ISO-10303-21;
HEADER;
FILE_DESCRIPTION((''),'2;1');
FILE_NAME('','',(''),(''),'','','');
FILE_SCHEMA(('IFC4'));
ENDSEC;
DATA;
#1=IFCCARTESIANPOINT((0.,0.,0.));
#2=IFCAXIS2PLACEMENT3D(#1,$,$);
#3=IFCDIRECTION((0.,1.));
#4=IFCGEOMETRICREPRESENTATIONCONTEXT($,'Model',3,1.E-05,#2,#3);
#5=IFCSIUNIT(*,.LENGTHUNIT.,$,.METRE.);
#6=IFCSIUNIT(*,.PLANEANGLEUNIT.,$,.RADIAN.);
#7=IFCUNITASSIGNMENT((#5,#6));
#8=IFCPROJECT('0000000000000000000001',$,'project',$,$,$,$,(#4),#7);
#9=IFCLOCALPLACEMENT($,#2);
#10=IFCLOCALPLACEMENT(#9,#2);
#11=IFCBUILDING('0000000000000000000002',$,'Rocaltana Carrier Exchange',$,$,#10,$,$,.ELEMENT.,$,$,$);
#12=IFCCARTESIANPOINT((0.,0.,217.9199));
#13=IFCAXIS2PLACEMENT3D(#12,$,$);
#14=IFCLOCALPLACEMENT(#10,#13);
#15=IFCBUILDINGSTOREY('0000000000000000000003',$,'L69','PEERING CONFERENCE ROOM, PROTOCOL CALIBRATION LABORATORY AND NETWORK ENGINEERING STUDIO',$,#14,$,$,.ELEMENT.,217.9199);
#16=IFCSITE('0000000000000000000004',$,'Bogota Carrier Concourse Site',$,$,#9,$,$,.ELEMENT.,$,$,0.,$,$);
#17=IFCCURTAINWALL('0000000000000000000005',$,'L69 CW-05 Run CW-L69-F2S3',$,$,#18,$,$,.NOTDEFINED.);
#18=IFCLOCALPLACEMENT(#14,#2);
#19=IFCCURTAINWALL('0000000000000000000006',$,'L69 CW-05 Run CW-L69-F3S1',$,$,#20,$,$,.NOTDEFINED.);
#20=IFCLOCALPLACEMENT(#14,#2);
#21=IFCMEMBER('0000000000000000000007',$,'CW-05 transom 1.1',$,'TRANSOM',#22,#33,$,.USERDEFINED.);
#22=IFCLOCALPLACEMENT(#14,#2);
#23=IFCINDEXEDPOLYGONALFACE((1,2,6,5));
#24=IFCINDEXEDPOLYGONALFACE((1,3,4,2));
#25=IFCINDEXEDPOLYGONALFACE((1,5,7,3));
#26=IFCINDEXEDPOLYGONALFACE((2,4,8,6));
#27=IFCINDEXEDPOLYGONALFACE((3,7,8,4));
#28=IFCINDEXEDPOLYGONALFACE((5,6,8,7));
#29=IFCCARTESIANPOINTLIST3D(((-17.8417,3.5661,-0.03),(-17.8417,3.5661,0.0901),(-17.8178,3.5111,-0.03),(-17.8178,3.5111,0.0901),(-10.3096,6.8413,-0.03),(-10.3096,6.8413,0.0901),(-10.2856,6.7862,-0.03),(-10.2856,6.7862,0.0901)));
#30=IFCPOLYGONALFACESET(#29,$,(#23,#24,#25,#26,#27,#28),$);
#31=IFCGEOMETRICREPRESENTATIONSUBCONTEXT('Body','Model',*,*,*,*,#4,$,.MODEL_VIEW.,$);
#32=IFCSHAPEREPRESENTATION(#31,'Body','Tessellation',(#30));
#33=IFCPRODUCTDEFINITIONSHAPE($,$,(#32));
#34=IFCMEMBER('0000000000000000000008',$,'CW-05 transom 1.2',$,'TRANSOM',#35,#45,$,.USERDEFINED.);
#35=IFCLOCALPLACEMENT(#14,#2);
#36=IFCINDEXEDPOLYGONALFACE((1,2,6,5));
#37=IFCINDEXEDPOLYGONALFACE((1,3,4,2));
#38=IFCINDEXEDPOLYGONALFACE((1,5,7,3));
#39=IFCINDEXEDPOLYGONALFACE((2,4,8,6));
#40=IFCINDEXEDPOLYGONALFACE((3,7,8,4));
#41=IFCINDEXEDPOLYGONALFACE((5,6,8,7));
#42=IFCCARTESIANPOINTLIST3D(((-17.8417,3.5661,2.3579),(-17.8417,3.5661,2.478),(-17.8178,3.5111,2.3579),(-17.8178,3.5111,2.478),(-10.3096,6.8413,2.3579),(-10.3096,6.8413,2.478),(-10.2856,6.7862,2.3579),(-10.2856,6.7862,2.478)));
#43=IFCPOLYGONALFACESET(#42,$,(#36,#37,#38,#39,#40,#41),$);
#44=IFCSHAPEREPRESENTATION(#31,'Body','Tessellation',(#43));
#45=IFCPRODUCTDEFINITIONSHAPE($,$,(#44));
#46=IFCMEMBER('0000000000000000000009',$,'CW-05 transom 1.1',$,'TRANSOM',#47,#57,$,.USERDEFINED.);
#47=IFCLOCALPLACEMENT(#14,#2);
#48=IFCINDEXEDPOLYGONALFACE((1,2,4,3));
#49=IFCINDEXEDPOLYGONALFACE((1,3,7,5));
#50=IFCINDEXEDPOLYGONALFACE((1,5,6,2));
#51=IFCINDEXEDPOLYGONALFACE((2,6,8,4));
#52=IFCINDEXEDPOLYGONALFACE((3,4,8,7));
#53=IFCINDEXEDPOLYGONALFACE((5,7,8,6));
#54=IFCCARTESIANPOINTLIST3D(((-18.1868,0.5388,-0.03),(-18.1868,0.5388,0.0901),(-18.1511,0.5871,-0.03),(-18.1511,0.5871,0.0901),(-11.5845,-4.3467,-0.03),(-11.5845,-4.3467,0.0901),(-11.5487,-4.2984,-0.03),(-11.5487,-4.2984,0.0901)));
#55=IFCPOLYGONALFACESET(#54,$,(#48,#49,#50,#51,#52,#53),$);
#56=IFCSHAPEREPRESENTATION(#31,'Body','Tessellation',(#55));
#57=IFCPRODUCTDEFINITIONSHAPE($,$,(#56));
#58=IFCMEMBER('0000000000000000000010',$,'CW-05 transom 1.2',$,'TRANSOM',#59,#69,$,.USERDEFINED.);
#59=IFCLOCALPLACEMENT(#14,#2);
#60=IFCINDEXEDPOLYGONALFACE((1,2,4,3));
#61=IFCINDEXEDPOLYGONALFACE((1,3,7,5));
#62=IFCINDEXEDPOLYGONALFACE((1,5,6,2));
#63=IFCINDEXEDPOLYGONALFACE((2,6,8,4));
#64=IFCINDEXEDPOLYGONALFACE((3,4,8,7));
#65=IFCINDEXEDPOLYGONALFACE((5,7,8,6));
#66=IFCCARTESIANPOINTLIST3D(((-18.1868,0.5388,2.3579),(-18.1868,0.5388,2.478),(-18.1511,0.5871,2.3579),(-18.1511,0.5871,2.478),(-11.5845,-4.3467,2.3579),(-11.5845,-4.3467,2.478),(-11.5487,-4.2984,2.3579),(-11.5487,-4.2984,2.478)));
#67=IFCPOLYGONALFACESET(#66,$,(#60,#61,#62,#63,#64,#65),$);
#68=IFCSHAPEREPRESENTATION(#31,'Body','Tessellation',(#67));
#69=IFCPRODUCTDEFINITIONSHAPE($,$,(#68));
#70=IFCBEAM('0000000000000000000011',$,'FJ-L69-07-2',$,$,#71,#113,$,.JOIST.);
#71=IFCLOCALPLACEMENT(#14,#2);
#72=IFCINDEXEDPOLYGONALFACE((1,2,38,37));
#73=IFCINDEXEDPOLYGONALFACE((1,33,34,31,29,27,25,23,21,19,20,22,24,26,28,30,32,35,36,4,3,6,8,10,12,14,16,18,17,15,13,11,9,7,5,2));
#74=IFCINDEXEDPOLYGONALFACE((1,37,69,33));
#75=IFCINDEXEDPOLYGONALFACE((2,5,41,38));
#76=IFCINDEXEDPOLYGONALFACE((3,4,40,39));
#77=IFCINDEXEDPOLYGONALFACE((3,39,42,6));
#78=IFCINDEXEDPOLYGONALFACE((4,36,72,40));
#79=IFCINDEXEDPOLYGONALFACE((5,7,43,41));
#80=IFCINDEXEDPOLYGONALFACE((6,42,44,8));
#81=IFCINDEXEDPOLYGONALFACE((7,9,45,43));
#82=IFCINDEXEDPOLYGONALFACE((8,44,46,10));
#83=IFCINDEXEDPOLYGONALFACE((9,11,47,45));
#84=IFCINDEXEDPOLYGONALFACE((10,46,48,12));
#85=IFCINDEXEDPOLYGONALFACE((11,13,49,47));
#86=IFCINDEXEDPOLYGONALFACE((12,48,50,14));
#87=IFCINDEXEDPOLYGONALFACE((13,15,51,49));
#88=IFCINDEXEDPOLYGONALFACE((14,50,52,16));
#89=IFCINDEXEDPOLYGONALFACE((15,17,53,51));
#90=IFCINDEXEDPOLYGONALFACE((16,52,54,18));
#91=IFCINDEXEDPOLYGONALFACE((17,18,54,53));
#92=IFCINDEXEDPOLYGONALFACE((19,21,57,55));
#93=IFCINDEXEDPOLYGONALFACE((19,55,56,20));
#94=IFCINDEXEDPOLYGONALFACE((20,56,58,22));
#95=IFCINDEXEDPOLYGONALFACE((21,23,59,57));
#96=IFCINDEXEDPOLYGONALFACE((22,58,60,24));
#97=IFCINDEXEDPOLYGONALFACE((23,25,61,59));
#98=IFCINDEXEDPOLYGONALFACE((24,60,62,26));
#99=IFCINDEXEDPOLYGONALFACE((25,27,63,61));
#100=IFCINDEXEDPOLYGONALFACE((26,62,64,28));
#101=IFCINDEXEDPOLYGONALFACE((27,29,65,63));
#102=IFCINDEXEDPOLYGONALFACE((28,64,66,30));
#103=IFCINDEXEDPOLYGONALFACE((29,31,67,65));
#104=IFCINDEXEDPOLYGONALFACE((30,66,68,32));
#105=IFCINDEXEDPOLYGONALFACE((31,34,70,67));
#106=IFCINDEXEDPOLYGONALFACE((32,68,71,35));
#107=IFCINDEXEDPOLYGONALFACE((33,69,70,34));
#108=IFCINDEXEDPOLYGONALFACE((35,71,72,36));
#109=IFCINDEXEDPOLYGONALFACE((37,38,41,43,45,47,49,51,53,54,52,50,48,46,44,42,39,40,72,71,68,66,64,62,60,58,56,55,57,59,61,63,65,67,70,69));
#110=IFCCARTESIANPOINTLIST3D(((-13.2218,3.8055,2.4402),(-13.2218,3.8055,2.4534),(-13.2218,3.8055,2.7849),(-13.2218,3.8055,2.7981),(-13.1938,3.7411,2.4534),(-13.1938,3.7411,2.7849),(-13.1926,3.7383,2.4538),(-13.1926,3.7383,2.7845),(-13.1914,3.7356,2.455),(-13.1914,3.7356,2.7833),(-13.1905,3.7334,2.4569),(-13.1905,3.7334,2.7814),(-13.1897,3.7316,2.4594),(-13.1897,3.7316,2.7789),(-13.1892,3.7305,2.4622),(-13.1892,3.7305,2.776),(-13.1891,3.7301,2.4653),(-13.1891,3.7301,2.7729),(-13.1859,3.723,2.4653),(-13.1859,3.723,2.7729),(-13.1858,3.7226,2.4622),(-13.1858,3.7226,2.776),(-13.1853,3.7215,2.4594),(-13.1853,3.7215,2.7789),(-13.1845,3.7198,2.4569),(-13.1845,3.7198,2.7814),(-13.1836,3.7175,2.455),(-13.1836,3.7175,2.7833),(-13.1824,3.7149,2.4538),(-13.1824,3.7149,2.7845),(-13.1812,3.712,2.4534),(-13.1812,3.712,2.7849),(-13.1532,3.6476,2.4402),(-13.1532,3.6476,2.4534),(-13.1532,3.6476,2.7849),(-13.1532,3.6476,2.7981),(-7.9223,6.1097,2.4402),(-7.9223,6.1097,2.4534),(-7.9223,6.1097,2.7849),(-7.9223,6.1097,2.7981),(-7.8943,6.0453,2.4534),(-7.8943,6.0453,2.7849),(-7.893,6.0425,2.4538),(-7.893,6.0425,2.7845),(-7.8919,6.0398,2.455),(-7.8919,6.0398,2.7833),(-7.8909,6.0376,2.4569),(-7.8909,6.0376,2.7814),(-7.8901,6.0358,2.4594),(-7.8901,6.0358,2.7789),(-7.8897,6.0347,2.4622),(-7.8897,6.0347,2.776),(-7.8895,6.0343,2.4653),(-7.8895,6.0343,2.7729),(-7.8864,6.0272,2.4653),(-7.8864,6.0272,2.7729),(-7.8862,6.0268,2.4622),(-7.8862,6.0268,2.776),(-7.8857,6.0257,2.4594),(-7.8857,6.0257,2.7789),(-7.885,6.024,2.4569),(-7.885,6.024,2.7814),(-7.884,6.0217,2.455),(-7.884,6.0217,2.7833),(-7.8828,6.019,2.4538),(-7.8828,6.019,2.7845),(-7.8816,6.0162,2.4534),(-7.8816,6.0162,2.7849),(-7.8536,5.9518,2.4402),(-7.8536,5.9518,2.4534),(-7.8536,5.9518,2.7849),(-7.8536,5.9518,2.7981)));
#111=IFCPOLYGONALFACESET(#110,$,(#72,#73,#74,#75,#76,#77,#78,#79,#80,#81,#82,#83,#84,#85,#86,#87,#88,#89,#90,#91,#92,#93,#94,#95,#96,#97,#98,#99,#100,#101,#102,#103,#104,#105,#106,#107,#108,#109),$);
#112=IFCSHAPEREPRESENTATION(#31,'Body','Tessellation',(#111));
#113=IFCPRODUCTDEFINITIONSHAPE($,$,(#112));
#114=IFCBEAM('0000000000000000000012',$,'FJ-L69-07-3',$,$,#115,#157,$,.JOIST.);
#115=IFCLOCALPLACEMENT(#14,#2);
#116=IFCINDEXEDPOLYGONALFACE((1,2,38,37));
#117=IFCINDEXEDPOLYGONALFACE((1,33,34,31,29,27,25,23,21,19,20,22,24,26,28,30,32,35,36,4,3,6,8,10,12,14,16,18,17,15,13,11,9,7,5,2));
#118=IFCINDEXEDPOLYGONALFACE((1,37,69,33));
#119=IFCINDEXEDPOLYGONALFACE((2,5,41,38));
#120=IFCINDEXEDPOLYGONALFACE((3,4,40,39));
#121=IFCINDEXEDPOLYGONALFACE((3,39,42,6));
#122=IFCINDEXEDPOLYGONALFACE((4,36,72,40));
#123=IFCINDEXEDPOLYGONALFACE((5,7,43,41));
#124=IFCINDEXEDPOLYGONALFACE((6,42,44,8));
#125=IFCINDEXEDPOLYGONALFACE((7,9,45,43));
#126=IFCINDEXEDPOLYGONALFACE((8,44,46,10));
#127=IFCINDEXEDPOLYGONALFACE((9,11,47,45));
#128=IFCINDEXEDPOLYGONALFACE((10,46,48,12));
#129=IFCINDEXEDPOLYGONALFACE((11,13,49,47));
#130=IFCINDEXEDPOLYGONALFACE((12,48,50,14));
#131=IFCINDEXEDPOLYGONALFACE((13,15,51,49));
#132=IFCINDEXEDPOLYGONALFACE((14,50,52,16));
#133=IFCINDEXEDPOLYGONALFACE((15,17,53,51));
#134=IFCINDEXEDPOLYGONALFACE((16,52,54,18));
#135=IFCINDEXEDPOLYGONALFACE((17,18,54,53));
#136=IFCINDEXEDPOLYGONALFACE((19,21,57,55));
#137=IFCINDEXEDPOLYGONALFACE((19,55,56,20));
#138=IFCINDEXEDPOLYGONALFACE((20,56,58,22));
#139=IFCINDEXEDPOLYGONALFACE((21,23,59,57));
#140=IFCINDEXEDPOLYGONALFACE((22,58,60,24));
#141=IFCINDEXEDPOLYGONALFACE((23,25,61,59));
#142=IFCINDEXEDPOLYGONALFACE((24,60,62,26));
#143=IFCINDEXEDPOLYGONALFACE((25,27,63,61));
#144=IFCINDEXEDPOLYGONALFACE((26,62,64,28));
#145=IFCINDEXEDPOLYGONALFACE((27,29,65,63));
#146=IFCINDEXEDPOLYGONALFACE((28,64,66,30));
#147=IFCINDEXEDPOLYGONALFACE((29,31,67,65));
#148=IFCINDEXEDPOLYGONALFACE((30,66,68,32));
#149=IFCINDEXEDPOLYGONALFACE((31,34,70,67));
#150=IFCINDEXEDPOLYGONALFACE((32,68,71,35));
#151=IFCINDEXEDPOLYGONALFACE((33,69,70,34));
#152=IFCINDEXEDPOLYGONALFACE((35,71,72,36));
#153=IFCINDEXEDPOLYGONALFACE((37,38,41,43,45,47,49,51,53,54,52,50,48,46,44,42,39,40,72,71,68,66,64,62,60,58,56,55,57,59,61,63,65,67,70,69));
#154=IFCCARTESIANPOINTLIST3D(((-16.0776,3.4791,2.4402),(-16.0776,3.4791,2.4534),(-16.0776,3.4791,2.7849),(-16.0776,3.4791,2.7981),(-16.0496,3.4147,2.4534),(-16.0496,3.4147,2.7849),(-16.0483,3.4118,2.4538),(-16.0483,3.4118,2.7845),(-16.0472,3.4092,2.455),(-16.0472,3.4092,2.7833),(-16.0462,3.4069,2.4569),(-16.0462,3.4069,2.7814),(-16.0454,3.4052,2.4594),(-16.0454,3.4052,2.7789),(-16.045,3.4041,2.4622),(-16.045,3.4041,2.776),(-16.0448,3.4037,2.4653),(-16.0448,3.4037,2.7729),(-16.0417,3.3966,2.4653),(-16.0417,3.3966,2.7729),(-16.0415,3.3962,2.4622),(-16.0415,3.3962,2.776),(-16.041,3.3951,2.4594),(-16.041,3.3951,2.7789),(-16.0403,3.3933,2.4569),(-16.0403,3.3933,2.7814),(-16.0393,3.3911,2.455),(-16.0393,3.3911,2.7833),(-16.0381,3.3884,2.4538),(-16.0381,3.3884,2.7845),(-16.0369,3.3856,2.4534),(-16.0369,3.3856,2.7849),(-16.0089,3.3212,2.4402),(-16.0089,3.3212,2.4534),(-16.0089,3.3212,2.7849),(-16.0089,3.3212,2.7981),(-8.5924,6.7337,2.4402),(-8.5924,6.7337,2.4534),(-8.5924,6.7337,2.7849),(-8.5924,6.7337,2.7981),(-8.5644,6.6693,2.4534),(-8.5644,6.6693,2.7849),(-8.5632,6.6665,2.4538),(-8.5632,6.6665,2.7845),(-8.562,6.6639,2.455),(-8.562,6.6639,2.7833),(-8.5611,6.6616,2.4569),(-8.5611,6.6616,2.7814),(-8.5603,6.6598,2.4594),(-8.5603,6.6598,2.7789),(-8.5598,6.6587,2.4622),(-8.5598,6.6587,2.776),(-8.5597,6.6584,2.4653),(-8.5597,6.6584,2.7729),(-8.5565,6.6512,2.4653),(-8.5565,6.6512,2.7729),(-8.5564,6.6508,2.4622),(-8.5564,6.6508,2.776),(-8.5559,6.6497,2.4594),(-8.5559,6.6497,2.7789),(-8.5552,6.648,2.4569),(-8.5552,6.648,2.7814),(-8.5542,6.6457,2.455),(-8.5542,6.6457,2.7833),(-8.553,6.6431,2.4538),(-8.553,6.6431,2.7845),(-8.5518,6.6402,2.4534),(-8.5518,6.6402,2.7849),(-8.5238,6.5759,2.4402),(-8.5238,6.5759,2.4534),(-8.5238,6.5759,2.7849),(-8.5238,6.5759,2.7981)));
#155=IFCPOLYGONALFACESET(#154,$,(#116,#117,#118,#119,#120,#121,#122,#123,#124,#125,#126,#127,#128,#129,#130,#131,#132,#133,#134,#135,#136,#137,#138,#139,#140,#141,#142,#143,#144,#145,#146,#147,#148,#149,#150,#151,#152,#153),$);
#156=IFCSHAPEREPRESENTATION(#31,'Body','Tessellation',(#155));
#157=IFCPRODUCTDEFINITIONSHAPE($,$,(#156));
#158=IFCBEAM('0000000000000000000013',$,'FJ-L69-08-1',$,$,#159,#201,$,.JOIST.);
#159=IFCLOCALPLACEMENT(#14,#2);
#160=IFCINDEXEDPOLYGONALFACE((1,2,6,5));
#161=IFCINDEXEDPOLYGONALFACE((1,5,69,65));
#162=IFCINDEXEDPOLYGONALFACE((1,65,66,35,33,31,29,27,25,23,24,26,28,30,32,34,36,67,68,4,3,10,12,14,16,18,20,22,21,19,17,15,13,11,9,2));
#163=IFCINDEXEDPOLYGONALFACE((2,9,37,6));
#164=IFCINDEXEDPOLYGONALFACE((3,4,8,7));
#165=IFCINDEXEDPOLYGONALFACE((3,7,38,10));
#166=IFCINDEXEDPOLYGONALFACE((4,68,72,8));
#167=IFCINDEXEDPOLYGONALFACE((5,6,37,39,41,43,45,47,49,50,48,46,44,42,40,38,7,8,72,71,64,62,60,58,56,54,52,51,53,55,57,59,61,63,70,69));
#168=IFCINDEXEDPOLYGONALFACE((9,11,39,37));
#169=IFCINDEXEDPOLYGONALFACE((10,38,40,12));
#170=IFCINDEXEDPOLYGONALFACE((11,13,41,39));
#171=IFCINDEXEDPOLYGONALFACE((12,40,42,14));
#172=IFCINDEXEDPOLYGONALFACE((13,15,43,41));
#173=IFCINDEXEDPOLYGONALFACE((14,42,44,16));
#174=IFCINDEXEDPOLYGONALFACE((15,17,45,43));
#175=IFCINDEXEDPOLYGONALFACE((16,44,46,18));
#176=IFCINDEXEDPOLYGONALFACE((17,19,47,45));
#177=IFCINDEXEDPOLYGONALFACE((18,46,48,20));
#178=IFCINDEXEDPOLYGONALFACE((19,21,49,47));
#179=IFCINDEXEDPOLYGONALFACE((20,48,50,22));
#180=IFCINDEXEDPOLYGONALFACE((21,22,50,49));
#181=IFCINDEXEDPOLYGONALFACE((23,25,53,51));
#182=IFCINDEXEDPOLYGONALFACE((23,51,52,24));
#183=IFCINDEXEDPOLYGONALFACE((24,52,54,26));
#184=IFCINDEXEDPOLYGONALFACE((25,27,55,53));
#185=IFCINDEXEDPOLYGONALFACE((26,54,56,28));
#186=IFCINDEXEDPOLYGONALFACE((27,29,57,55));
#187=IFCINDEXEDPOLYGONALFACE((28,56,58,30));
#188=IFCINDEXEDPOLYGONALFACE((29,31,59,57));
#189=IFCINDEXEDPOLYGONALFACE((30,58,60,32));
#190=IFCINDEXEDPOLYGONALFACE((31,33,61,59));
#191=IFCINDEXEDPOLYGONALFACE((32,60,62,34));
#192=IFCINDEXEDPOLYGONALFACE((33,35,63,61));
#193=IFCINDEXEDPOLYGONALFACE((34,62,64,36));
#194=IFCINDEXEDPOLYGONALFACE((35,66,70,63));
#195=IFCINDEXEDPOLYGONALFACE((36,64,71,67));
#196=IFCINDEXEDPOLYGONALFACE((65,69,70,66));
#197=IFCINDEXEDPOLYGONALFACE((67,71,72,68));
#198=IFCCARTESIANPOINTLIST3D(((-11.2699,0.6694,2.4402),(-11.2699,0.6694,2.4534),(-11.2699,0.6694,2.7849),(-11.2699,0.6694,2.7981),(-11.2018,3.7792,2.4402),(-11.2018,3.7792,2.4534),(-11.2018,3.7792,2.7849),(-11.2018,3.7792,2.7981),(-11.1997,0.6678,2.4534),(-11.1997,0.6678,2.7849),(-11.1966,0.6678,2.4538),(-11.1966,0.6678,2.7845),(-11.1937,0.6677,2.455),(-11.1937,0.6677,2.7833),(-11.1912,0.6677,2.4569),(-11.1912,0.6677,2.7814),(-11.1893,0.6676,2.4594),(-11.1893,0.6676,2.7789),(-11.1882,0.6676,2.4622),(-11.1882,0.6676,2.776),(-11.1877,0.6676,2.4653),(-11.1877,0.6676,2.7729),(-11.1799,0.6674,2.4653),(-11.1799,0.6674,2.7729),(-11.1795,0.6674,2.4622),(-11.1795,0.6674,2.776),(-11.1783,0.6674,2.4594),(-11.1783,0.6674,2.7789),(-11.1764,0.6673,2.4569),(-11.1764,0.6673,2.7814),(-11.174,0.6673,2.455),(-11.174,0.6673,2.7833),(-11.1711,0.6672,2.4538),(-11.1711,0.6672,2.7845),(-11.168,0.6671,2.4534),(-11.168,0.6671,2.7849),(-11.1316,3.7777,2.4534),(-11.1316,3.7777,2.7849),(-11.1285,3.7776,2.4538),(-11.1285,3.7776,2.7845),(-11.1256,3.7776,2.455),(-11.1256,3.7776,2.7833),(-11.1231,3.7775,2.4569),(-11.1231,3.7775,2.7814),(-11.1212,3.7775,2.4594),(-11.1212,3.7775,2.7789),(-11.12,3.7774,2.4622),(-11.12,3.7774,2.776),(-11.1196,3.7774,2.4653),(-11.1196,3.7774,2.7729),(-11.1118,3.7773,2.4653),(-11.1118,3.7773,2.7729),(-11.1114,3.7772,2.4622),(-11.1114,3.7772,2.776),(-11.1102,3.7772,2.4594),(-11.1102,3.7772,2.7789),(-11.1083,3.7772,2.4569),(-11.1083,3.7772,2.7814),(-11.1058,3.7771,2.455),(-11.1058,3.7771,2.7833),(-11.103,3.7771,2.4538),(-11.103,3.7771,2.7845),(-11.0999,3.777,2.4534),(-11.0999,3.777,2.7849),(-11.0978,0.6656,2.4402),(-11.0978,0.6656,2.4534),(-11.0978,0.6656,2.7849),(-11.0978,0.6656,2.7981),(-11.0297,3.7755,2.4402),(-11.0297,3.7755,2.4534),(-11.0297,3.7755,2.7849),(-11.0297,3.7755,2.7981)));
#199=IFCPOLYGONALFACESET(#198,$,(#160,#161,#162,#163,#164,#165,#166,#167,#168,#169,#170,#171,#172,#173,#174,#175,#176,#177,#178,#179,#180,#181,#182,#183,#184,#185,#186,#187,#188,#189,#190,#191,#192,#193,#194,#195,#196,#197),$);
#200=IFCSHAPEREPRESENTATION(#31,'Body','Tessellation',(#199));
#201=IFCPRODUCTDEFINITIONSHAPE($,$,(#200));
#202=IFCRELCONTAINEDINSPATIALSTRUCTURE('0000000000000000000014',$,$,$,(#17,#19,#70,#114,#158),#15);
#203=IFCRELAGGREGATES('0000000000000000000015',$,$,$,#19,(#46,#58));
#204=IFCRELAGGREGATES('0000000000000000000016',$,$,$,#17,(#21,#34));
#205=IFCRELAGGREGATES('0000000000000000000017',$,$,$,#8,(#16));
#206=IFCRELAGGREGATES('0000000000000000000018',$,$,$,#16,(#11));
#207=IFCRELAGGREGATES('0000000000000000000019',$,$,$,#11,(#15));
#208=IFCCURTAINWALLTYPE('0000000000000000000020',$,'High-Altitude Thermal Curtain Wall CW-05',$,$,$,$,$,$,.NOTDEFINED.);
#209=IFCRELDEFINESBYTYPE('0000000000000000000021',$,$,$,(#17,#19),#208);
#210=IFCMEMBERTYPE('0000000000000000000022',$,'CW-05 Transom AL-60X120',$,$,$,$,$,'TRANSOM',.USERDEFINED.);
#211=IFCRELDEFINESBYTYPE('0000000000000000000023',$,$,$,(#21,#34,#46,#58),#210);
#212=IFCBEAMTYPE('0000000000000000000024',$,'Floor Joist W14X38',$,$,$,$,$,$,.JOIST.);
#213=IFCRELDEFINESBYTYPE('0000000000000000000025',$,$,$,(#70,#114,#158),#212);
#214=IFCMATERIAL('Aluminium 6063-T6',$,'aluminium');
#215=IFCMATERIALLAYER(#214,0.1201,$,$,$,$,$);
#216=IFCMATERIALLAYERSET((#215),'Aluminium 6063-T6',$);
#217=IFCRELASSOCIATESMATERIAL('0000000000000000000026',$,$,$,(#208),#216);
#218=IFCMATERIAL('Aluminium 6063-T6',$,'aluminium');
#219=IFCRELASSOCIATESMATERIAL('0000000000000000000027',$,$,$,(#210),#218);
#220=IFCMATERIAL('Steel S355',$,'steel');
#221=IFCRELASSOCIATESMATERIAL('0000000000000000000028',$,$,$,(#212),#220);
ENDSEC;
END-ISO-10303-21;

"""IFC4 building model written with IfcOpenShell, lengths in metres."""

from ifc_helpers import new_model, si_unit, direction, frame, origin, origin_2d, place, context, subcontext, project, spatial, rectangle, i_section, extrude, material, layer, layer_set, material_profile, profile_set, type_object, element, aggregate, save


model = new_model("IFC4")

# Units and contexts
model_context = context("Model", 3, precision=1e-05, world=origin(), true_north=direction((0.0, 1.0)))
body_context = subcontext(model_context, "Body", "Model", "MODEL_VIEW")
ifc_project = project(units=[si_unit("LENGTHUNIT", "METRE"), si_unit("PLANEANGLEUNIT", "RADIAN")], contexts=[model_context])

# Site, building, storey
site_placement = place(None, origin())
site = spatial("IfcSite", under=ifc_project, at=site_placement, Name="Bogota Carrier Concourse Site", CompositionType="ELEMENT", RefElevation=0.0)
building_placement = place(site_placement, origin())
building = spatial("IfcBuilding", under=site, at=building_placement, Name="Rocaltana Carrier Exchange", CompositionType="ELEMENT")
storey_placement = place(building_placement, frame((0.0, 0.0, 217.9199)))
storey = spatial("IfcBuildingStorey", under=building, at=storey_placement, Name="L69", Description="PEERING CONFERENCE ROOM, PROTOCOL CALIBRATION LABORATORY AND NETWORK ENGINEERING STUDIO", CompositionType="ELEMENT", Elevation=217.9199)

# Shared definitions
ifc_material_1 = material(Name="Aluminium 6063-T6", Category="aluminium")
ifc_layer_1 = layer(ifc_material_1, 0.1201)
ifc_layer_set_1 = layer_set([ifc_layer_1], Name="Aluminium 6063-T6")
curtain_wall_type = type_object("IfcCurtainWallType", Name="High-Altitude Thermal Curtain Wall CW-05", PredefinedType="NOTDEFINED", material=ifc_layer_set_1)

# Curtain wall
curtain_wall_1_placement = place(storey_placement, origin())
curtain_wall_1 = element("IfcCurtainWall", 1, at=curtain_wall_1_placement, inside=storey, type_object=curtain_wall_type, Name="L69 CW-05 Run CW-L69-F2S3", PredefinedType="NOTDEFINED")

# Curtain wall
curtain_wall_2_placement = place(storey_placement, origin())
curtain_wall_2 = element("IfcCurtainWall", 2, at=curtain_wall_2_placement, inside=storey, type_object=curtain_wall_type, Name="L69 CW-05 Run CW-L69-F3S1", PredefinedType="NOTDEFINED")

# Members
ifc_material_2 = material(Name="Aluminium 6063-T6", Category="aluminium")
ifc_material_profile_1 = material_profile(ifc_material_2, rectangle(XDim=0.0601, YDim=0.1201, at=origin_2d()), Name="AL-60X120")
ifc_profile_set_1 = profile_set([ifc_material_profile_1], Name="Aluminium 6063-T6")
member_type_1 = type_object("IfcMemberType", Name="CW-05 Transom AL-60X120", ElementType="TRANSOM", PredefinedType="USERDEFINED", material=ifc_profile_set_1)
member_1_placement = place(storey_placement, frame((-10.2976, 6.8137, 0.03), z_axis=(-0.917058, -0.398753, 0.0), x_axis=(0.398753, -0.917058, 0.0)))
member_1 = element("IfcMember", 3, at=member_1_placement, type_object=member_type_1, Name="CW-05 transom 1.1", ObjectType="TRANSOM", PredefinedType="USERDEFINED", context=body_context, shape_type="SweptSolid", body=[
    extrude(rectangle(XDim=0.0601, YDim=0.1201, at=origin_2d()), origin(), (0.0, 0.0, 1.0), 8.2134),
])
member_2_placement = place(storey_placement, frame((-10.2976, 6.8137, 2.418), z_axis=(-0.917058, -0.398753, 0.0), x_axis=(0.398753, -0.917058, 0.0)))
member_2 = element("IfcMember", 4, at=member_2_placement, type_object=member_type_1, Name="CW-05 transom 1.2", ObjectType="TRANSOM", PredefinedType="USERDEFINED", context=body_context, shape_type="SweptSolid", body=[
    extrude(rectangle(XDim=0.0601, YDim=0.1201, at=origin_2d()), origin(), (0.0, 0.0, 1.0), 8.2134),
])
member_3_placement = place(storey_placement, frame((-18.1689, 0.563, 0.03), z_axis=(0.803854, -0.594827, 0.0), x_axis=(0.594827, 0.803854, 0.0)))
member_3 = element("IfcMember", 5, at=member_3_placement, type_object=member_type_1, Name="CW-05 transom 1.1", ObjectType="TRANSOM", PredefinedType="USERDEFINED", context=body_context, shape_type="SweptSolid", body=[
    extrude(rectangle(XDim=0.0601, YDim=0.1201, at=origin_2d()), origin(), (0.0, 0.0, 1.0), 8.2134),
])
member_4_placement = place(storey_placement, frame((-18.1689, 0.563, 2.418), z_axis=(0.803854, -0.594827, 0.0), x_axis=(0.594827, 0.803854, 0.0)))
member_4 = element("IfcMember", 6, at=member_4_placement, type_object=member_type_1, Name="CW-05 transom 1.2", ObjectType="TRANSOM", PredefinedType="USERDEFINED", context=body_context, shape_type="SweptSolid", body=[
    extrude(rectangle(XDim=0.0601, YDim=0.1201, at=origin_2d()), origin(), (0.0, 0.0, 1.0), 8.2134),
])
aggregate(curtain_wall_2, [member_3, member_4])

# Beams
ifc_material_3 = material(Name="Steel S355", Category="steel")
ifc_material_profile_2 = material_profile(ifc_material_3, i_section(OverallWidth=0.1721, OverallDepth=0.3579, WebThickness=0.0078, FlangeThickness=0.0132, FilletRadius=0.012, at=origin_2d()), Name="W14X38")
ifc_profile_set_2 = profile_set([ifc_material_profile_2], Name="Steel S355")
beam_type_1 = type_object("IfcBeamType", Name="Floor Joist W14X38", PredefinedType="JOIST", material=ifc_profile_set_2)
beam_1_placement = place(storey_placement, frame((-7.8879, 6.0308, 2.6191), z_axis=(-0.917067, -0.398732, 0.0), x_axis=(0.398732, -0.917067, 0.0)))
element("IfcBeam", 7, at=beam_1_placement, inside=storey, type_object=beam_type_1, Name="FJ-L69-07-2", PredefinedType="JOIST", context=body_context, shape_type="SweptSolid", body=[
    extrude(i_section(OverallWidth=0.1721, OverallDepth=0.3579, WebThickness=0.0078, FlangeThickness=0.0132, FilletRadius=0.012, at=origin_2d()), origin(), (0.0, 0.0, 1.0), 5.7788),
])
beam_2_placement = place(storey_placement, frame((-8.5581, 6.6548, 2.6191), z_axis=(-0.917059, -0.398751, 0.0), x_axis=(0.398751, -0.917059, 0.0)))
element("IfcBeam", 8, at=beam_2_placement, inside=storey, type_object=beam_type_1, Name="FJ-L69-07-3", PredefinedType="JOIST", context=body_context, shape_type="SweptSolid", body=[
    extrude(i_section(OverallWidth=0.1721, OverallDepth=0.3579, WebThickness=0.0078, FlangeThickness=0.0132, FilletRadius=0.012, at=origin_2d()), origin(), (0.0, 0.0, 1.0), 8.1621),
])
beam_3_placement = place(storey_placement, frame((-11.1157, 3.7773, 2.6191), z_axis=(-0.021898, -0.99976, 0.0), x_axis=(0.99976, -0.021898, 0.0)))
element("IfcBeam", 9, at=beam_3_placement, inside=storey, type_object=beam_type_1, Name="FJ-L69-08-1", PredefinedType="JOIST", context=body_context, shape_type="SweptSolid", body=[
    extrude(i_section(OverallWidth=0.1721, OverallDepth=0.3579, WebThickness=0.0078, FlangeThickness=0.0132, FilletRadius=0.012, at=origin_2d()), origin(), (0.0, 0.0, 1.0), 3.1106),
])

aggregate(curtain_wall_1, [member_1, member_2])

save(model, "model.ifc")
